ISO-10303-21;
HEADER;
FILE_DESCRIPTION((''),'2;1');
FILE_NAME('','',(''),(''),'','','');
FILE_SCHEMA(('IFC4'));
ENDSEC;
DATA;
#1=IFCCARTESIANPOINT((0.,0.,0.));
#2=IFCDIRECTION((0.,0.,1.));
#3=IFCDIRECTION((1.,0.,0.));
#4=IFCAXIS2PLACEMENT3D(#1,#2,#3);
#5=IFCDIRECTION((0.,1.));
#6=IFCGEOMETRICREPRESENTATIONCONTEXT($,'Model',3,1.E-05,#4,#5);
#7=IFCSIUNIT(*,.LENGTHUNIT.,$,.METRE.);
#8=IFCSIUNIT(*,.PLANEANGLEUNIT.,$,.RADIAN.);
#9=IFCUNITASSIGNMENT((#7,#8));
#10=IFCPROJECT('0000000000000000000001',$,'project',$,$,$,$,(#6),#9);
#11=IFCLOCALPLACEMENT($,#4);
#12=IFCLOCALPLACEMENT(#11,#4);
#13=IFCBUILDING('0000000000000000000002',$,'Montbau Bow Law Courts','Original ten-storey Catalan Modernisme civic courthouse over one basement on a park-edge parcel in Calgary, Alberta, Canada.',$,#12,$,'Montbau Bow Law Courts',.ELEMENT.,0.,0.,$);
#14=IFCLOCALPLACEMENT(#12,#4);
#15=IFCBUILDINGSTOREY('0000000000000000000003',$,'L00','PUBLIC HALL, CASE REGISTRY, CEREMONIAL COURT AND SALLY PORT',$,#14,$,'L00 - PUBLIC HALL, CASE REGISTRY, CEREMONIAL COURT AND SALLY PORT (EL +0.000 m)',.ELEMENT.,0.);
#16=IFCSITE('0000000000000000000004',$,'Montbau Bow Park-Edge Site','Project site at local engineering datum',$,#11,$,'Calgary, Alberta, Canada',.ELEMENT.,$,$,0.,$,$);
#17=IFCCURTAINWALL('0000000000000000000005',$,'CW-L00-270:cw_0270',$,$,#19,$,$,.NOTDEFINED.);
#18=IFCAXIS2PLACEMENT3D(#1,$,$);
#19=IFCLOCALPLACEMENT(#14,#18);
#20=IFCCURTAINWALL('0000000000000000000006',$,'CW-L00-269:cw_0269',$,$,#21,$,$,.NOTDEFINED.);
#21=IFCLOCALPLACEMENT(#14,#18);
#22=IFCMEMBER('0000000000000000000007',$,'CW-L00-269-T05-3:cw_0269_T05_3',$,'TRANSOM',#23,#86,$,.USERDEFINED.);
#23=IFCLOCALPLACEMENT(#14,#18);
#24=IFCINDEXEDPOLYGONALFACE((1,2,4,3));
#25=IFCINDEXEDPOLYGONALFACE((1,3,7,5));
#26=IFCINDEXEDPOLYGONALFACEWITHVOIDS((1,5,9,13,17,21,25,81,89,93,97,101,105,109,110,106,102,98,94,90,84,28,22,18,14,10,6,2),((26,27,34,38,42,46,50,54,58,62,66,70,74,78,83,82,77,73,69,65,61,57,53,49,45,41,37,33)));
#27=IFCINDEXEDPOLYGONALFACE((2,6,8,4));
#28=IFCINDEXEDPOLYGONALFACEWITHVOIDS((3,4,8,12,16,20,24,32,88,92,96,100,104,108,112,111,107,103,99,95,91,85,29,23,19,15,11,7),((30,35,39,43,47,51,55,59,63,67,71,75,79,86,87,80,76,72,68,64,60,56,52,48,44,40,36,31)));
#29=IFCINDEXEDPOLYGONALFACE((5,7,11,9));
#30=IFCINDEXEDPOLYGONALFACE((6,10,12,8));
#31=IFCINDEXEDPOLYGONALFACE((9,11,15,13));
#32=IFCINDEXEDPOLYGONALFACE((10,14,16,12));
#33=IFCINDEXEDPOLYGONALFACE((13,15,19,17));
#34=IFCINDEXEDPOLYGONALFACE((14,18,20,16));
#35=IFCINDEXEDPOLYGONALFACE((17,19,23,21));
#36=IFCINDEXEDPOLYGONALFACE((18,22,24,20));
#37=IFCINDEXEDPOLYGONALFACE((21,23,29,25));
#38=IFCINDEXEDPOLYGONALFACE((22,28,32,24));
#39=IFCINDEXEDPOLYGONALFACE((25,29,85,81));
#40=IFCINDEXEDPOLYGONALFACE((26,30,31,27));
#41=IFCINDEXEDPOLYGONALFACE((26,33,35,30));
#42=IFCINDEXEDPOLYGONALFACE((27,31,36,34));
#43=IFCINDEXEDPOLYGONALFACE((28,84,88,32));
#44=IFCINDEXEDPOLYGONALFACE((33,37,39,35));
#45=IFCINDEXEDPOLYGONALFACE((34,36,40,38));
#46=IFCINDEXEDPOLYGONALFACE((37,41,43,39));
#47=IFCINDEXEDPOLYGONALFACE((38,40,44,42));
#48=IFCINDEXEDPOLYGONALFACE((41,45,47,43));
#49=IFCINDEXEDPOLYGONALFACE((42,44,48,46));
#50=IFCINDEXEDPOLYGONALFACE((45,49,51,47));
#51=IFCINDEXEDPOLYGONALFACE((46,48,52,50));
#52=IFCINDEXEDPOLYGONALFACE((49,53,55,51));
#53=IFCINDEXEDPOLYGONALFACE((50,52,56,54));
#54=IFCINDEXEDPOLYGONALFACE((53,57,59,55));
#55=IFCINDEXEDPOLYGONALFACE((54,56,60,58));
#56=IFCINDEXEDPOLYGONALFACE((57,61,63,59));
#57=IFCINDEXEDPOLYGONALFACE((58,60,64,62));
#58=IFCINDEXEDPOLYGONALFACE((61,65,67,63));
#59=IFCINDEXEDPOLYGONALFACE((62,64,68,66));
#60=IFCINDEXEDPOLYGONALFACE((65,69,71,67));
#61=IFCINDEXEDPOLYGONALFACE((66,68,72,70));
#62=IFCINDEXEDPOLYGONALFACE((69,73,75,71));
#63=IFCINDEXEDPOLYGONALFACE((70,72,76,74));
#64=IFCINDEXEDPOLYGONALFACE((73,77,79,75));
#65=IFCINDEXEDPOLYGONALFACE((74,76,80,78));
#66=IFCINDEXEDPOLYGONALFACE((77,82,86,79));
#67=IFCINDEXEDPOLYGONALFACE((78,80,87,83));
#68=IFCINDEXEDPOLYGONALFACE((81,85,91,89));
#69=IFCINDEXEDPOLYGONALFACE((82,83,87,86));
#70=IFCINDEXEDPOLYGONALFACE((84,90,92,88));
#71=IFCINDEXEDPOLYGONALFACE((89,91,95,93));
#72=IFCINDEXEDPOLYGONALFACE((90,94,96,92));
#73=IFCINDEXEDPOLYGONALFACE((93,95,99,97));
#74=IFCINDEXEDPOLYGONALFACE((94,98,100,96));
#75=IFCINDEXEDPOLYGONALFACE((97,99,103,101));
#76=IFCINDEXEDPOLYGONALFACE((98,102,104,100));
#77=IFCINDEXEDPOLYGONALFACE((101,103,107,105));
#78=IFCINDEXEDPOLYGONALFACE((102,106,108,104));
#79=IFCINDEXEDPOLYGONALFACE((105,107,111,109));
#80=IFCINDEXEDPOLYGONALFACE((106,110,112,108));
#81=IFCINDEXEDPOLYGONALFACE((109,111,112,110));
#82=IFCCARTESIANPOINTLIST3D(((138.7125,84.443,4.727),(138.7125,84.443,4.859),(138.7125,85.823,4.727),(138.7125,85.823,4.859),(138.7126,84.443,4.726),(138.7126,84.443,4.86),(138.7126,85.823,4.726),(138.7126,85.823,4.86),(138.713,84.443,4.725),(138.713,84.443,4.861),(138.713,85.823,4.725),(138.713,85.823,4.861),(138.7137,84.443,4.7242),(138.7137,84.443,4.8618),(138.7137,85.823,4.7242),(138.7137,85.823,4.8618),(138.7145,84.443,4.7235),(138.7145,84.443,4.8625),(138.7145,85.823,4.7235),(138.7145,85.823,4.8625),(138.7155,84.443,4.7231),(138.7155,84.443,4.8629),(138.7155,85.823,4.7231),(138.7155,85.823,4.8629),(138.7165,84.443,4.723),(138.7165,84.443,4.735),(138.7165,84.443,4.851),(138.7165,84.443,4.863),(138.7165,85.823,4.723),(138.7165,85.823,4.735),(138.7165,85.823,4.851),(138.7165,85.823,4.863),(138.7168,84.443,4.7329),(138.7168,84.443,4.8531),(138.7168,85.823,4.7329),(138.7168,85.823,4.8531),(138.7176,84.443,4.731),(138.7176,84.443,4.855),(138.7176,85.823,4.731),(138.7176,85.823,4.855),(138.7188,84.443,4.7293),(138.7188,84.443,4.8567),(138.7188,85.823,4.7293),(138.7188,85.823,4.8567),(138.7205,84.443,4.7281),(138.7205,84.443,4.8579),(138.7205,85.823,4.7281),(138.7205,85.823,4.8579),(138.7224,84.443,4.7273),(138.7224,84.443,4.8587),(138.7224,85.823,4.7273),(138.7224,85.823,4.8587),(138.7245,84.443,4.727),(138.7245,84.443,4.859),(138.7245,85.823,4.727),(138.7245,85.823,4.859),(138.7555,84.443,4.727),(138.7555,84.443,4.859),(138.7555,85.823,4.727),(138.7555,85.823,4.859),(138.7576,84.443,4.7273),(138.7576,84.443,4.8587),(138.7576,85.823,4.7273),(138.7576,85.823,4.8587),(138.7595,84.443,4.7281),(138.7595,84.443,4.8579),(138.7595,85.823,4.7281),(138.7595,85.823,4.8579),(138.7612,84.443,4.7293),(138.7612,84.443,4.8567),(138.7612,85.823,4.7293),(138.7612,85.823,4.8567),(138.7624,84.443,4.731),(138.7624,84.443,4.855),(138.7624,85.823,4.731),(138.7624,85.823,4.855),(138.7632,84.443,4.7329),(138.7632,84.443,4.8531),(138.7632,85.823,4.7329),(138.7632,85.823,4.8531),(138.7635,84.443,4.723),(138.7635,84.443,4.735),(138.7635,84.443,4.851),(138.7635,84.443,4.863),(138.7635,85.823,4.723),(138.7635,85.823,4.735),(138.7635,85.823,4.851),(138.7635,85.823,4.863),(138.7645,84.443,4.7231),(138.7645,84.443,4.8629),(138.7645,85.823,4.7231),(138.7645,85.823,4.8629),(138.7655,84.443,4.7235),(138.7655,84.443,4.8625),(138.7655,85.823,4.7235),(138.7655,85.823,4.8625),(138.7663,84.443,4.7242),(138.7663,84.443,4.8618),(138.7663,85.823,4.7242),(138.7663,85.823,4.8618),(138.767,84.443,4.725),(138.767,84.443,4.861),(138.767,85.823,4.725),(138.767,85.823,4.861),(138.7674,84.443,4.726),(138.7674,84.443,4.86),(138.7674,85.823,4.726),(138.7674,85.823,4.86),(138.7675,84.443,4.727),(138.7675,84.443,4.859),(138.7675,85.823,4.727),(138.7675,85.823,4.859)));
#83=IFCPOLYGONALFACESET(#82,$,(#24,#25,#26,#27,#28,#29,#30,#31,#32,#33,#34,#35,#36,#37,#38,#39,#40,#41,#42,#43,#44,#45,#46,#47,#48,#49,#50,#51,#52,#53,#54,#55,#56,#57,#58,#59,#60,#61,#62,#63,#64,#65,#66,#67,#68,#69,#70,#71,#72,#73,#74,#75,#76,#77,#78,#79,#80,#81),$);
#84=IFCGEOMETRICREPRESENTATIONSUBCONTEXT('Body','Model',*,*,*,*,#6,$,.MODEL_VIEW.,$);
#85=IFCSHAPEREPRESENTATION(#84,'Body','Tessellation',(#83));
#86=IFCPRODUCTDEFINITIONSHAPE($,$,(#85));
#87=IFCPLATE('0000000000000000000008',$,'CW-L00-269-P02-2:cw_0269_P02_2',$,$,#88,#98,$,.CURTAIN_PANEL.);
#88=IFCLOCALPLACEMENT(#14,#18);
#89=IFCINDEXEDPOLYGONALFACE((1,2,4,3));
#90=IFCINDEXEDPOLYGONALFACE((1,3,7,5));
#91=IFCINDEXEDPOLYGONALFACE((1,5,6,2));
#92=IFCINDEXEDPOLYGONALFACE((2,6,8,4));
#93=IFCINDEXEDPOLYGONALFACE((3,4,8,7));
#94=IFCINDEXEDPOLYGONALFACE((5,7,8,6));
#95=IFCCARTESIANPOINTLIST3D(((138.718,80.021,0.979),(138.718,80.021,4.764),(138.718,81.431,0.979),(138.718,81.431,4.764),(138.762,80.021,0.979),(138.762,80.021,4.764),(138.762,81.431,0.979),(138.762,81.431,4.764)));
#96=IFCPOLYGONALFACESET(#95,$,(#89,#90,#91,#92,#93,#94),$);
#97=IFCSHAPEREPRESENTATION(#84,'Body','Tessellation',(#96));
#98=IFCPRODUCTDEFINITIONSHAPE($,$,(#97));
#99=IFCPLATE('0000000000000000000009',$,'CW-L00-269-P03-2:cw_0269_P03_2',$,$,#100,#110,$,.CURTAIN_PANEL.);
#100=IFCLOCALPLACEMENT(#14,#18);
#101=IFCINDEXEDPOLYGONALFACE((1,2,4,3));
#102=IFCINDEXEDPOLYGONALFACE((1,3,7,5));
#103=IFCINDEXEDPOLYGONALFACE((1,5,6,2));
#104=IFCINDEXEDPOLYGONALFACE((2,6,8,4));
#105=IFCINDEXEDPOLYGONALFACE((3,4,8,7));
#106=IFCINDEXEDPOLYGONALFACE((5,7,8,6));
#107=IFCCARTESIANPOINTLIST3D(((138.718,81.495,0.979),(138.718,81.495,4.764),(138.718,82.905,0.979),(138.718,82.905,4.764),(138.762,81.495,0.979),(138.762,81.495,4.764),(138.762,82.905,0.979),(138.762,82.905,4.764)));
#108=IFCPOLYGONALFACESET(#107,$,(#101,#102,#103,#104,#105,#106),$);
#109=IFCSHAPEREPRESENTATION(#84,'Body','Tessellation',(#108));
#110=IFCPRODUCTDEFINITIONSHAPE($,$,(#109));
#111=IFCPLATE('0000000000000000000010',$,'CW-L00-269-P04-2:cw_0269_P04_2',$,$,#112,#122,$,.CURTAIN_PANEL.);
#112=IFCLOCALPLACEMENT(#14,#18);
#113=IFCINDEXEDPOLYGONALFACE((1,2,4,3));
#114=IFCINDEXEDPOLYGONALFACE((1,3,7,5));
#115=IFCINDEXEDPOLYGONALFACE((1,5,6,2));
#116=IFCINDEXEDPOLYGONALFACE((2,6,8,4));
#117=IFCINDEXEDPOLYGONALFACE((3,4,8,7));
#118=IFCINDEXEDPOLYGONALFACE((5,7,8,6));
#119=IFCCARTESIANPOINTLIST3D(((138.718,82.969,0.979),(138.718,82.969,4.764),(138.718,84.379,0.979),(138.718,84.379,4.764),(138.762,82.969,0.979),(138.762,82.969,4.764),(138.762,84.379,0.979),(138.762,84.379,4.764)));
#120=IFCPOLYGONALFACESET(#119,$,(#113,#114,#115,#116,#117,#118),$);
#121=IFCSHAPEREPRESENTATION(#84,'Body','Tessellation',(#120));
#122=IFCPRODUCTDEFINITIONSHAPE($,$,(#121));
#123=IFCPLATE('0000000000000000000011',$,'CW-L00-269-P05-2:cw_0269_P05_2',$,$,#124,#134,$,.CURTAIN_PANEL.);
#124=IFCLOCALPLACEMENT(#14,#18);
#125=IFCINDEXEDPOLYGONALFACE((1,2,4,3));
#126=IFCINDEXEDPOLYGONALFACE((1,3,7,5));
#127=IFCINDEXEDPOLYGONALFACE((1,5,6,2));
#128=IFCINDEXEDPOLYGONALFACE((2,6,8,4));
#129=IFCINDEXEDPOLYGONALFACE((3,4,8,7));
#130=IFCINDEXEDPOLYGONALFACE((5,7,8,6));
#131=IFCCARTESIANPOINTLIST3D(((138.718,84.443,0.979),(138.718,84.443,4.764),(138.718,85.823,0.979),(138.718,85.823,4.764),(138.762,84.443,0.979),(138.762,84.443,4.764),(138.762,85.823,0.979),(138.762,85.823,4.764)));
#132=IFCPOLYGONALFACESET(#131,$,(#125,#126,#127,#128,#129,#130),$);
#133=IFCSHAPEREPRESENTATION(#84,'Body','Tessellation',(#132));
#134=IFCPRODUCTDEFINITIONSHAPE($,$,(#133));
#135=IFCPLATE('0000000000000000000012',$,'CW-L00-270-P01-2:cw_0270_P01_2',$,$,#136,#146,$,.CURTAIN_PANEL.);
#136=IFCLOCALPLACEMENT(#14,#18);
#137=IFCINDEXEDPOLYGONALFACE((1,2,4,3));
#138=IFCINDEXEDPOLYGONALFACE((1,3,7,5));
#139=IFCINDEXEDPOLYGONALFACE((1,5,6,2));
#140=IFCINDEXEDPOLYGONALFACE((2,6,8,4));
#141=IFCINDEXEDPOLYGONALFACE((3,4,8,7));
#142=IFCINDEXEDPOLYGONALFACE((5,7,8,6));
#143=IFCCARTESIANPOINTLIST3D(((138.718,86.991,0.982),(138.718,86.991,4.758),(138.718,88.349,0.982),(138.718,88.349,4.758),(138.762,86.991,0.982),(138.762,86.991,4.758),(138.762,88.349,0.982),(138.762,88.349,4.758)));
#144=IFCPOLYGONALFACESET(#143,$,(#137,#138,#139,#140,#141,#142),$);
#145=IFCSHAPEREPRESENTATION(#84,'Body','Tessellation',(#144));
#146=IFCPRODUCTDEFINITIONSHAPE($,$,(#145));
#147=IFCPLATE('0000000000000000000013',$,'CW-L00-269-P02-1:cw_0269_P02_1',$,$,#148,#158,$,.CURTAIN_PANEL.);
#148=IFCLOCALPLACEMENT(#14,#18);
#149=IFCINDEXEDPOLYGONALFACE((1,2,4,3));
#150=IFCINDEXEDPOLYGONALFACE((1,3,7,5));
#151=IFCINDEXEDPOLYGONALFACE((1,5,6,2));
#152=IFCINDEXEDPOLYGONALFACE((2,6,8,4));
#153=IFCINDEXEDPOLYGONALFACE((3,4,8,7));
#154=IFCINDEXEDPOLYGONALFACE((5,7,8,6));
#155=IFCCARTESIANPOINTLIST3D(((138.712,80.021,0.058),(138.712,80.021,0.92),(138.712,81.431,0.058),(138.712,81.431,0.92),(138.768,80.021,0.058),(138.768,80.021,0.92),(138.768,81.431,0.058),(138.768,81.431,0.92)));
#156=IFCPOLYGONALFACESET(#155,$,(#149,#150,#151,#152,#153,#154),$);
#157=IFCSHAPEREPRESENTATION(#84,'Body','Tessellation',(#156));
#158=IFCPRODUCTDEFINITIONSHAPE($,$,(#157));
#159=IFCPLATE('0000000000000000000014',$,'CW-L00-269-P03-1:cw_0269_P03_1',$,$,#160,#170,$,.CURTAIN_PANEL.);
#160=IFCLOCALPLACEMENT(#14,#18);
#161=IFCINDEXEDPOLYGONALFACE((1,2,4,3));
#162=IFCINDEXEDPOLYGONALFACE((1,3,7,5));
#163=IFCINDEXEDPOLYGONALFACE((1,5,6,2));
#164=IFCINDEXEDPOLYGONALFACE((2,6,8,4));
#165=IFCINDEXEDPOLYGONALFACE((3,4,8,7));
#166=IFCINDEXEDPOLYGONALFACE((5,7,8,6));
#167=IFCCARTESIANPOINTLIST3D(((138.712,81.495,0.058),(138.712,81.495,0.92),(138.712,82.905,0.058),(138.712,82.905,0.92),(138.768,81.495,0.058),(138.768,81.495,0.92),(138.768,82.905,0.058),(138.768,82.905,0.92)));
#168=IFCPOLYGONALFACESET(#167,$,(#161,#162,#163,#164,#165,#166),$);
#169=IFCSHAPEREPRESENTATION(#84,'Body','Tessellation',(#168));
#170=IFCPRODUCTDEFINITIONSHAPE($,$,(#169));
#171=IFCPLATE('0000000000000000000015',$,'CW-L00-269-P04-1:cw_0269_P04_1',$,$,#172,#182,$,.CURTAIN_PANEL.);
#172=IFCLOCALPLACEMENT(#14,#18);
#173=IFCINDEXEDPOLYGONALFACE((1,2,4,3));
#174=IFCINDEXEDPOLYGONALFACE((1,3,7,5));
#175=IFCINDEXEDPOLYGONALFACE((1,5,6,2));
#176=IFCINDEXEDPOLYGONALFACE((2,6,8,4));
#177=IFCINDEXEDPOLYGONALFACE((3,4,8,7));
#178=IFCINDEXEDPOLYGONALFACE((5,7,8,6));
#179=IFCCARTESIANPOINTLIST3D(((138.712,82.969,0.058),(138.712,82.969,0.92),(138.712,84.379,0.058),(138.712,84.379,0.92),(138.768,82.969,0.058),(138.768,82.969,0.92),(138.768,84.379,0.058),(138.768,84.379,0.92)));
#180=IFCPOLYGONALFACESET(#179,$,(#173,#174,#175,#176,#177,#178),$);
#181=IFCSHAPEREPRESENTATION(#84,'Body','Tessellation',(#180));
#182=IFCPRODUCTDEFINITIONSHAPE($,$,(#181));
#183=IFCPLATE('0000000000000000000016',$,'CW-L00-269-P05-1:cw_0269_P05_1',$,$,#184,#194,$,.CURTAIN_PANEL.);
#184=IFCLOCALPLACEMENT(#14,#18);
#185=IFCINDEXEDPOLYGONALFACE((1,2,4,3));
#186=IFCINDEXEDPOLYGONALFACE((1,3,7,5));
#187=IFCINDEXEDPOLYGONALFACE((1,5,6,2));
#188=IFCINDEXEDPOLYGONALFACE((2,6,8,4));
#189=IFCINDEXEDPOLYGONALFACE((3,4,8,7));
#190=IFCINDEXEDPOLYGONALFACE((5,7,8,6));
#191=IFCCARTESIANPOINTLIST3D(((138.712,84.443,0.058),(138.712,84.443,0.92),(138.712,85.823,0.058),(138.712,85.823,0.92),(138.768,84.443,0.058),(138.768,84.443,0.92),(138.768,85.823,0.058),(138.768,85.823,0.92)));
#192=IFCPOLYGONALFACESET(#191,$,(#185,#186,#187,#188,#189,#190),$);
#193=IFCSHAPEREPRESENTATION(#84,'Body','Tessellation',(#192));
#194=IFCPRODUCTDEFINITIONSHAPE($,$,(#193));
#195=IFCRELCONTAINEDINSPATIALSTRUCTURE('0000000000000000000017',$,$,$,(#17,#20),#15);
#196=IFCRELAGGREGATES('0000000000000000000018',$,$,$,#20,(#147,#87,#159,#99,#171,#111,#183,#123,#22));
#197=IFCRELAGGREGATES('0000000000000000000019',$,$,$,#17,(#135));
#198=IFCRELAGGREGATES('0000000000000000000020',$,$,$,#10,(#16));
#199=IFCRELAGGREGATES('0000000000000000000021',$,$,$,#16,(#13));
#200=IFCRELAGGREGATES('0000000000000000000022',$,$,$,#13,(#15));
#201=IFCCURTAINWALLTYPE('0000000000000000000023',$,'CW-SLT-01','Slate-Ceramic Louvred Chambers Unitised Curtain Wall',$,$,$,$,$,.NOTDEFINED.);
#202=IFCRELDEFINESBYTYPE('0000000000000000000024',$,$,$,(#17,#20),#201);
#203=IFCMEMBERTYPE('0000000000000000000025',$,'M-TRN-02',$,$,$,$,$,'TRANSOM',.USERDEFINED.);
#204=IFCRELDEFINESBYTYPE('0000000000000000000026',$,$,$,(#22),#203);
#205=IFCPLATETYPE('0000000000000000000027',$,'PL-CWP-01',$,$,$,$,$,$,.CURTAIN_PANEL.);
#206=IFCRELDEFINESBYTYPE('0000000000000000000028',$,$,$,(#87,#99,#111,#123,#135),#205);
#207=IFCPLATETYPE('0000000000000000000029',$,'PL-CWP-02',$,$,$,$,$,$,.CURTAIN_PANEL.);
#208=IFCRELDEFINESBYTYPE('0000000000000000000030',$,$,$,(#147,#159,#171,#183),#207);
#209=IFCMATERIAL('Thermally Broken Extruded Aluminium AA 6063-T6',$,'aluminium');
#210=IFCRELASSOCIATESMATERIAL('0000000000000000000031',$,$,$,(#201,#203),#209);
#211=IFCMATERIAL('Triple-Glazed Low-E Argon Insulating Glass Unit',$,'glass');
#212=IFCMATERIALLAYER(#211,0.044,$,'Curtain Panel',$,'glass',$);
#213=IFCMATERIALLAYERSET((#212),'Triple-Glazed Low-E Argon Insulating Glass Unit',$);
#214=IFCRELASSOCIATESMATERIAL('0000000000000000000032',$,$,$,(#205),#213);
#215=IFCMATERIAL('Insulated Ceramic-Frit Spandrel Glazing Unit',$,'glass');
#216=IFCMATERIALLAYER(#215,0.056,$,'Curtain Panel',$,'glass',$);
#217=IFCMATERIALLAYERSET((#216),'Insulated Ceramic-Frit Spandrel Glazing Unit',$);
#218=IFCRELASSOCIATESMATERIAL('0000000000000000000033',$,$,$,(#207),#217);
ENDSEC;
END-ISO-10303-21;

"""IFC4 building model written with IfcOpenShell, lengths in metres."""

from ifc_helpers import new_model, si_unit, direction, frame, frame_2d, origin_with_axes, origin_2d_with_axis, place, context, subcontext, project, spatial, rectangle, hollow_rectangle, extrude, material, layer, layer_set, material_profile, profile_set, type_object, element, aggregate, save


model = new_model("IFC4")

# Units and contexts
model_context = context("Model", 3, precision=1e-05, world=origin_with_axes(), true_north=direction((0.0, 1.0)))
body_context = subcontext(model_context, "Body", "Model", "MODEL_VIEW")
ifc_project = project(units=[si_unit("LENGTHUNIT", "METRE"), si_unit("PLANEANGLEUNIT", "RADIAN")], contexts=[model_context])

# Site, building, storey
site_placement = place(None, origin_with_axes())
site = spatial("IfcSite", under=ifc_project, at=site_placement, Name="Montbau Bow Park-Edge Site", Description="Project site at local engineering datum", LongName="Calgary, Alberta, Canada", CompositionType="ELEMENT", RefElevation=0.0)
building_placement = place(site_placement, origin_with_axes())
building = spatial("IfcBuilding", under=site, at=building_placement, Name="Montbau Bow Law Courts", Description="Original ten-storey Catalan Modernisme civic courthouse over one basement on a park-edge parcel in Calgary, Alberta, Canada.", LongName="Montbau Bow Law Courts", CompositionType="ELEMENT", ElevationOfRefHeight=0.0, ElevationOfTerrain=0.0)
storey_placement = place(building_placement, origin_with_axes())
storey = spatial("IfcBuildingStorey", under=building, at=storey_placement, Name="L00", Description="PUBLIC HALL, CASE REGISTRY, CEREMONIAL COURT AND SALLY PORT", LongName="L00 - PUBLIC HALL, CASE REGISTRY, CEREMONIAL COURT AND SALLY PORT (EL +0.000 m)", CompositionType="ELEMENT", Elevation=0.0)

# Curtain wall
ifc_material_1 = material(Name="Thermally Broken Extruded Aluminium AA 6063-T6", Category="aluminium")
curtain_wall_type = type_object("IfcCurtainWallType", Name="CW-SLT-01", Description="Slate-Ceramic Louvred Chambers Unitised Curtain Wall", PredefinedType="NOTDEFINED", material=ifc_material_1)
curtain_wall_1_placement = place(None, frame((138.74, 86.915, 0.0), z_axis=(0.0, 0.0, 1.0), x_axis=(1.0, 0.0, 0.0)))
curtain_wall_1 = element("IfcCurtainWall", 1, at=curtain_wall_1_placement, inside=storey, type_object=curtain_wall_type, Name="CW-L00-270:cw_0270", PredefinedType="NOTDEFINED")

# Curtain wall
curtain_wall_2_placement = place(None, frame((138.74, 78.515, 0.0), z_axis=(0.0, 0.0, 1.0), x_axis=(1.0, 0.0, 0.0)))
curtain_wall_2 = element("IfcCurtainWall", 2, at=curtain_wall_2_placement, inside=storey, type_object=curtain_wall_type, Name="CW-L00-269:cw_0269", PredefinedType="NOTDEFINED")

# Member
ifc_material_profile_1 = material_profile(ifc_material_1, hollow_rectangle(XDim=0.055, YDim=0.14, WallThickness=0.004, InnerFilletRadius=0.008, OuterFilletRadius=0.004, at=origin_2d_with_axis()), Name="CWT-140X55", Category="Main", Priority=0)
ifc_profile_set_1 = profile_set([ifc_material_profile_1], Name="Thermally Broken Extruded Aluminium AA 6063-T6")
member_type_1 = type_object("IfcMemberType", Name="M-TRN-02", ElementType="TRANSOM", PredefinedType="USERDEFINED", material=ifc_profile_set_1)
member_1_placement = place(None, frame((138.74, 84.443, 4.793), z_axis=(0.0, 1.0, 0.0), x_axis=(-1.0, 0.0, 0.0)))
member_1 = element("IfcMember", 3, at=member_1_placement, type_object=member_type_1, Name="CW-L00-269-T05-3:cw_0269_T05_3", ObjectType="TRANSOM", PredefinedType="USERDEFINED", context=body_context, shape_type="SweptSolid", body=[
    extrude(hollow_rectangle(XDim=0.055, YDim=0.14, WallThickness=0.004, InnerFilletRadius=0.008, OuterFilletRadius=0.004, at=origin_2d_with_axis()), origin_with_axes(), (0.0, 0.0, 1.0), 1.38),
])

# Plates
ifc_material_2 = material(Name="Triple-Glazed Low-E Argon Insulating Glass Unit", Category="glass")
ifc_layer_1 = layer(ifc_material_2, 0.044, Name="Curtain Panel", Category="glass")
ifc_layer_set_1 = layer_set([ifc_layer_1], Name="Triple-Glazed Low-E Argon Insulating Glass Unit")
plate_type_1 = type_object("IfcPlateType", Name="PL-CWP-01", PredefinedType="CURTAIN_PANEL", material=ifc_layer_set_1)
plate_1_placement = place(None, frame((138.74, 80.021, 0.979), z_axis=(1.0, 0.0, 0.0), x_axis=(0.0, 1.0, 0.0)))
plate_1 = element("IfcPlate", 4, at=plate_1_placement, type_object=plate_type_1, Name="CW-L00-269-P02-2:cw_0269_P02_2", PredefinedType="CURTAIN_PANEL", context=body_context, shape_type="SweptSolid", body=[
    extrude(rectangle(XDim=1.41, YDim=3.785, at=frame_2d((0.705, 1.8925), x_axis=(1.0, 0.0))), frame((0.0, 0.0, -0.022), z_axis=(0.0, 0.0, 1.0), x_axis=(1.0, 0.0, 0.0)), (0.0, 0.0, 1.0), 0.044),
])
plate_2_placement = place(None, frame((138.74, 81.495, 0.979), z_axis=(1.0, 0.0, 0.0), x_axis=(0.0, 1.0, 0.0)))
plate_2 = element("IfcPlate", 5, at=plate_2_placement, type_object=plate_type_1, Name="CW-L00-269-P03-2:cw_0269_P03_2", PredefinedType="CURTAIN_PANEL", context=body_context, shape_type="SweptSolid", body=[
    extrude(rectangle(XDim=1.41, YDim=3.785, at=frame_2d((0.705, 1.8925), x_axis=(1.0, 0.0))), frame((0.0, 0.0, -0.022), z_axis=(0.0, 0.0, 1.0), x_axis=(1.0, 0.0, 0.0)), (0.0, 0.0, 1.0), 0.044),
])
plate_3_placement = place(None, frame((138.74, 82.969, 0.979), z_axis=(1.0, 0.0, 0.0), x_axis=(0.0, 1.0, 0.0)))
plate_3 = element("IfcPlate", 6, at=plate_3_placement, type_object=plate_type_1, Name="CW-L00-269-P04-2:cw_0269_P04_2", PredefinedType="CURTAIN_PANEL", context=body_context, shape_type="SweptSolid", body=[
    extrude(rectangle(XDim=1.41, YDim=3.785, at=frame_2d((0.705, 1.8925), x_axis=(1.0, 0.0))), frame((0.0, 0.0, -0.022), z_axis=(0.0, 0.0, 1.0), x_axis=(1.0, 0.0, 0.0)), (0.0, 0.0, 1.0), 0.044),
])
plate_4_placement = place(None, frame((138.74, 84.443, 0.979), z_axis=(1.0, 0.0, 0.0), x_axis=(0.0, 1.0, 0.0)))
plate_4 = element("IfcPlate", 7, at=plate_4_placement, type_object=plate_type_1, Name="CW-L00-269-P05-2:cw_0269_P05_2", PredefinedType="CURTAIN_PANEL", context=body_context, shape_type="SweptSolid", body=[
    extrude(rectangle(XDim=1.38, YDim=3.785, at=frame_2d((0.69, 1.8925), x_axis=(1.0, 0.0))), frame((0.0, 0.0, -0.022), z_axis=(0.0, 0.0, 1.0), x_axis=(1.0, 0.0, 0.0)), (0.0, 0.0, 1.0), 0.044),
])
plate_5_placement = place(None, frame((138.74, 86.991, 0.982), z_axis=(1.0, 0.0, 0.0), x_axis=(0.0, 1.0, 0.0)))
plate_5 = element("IfcPlate", 8, at=plate_5_placement, type_object=plate_type_1, Name="CW-L00-270-P01-2:cw_0270_P01_2", PredefinedType="CURTAIN_PANEL", context=body_context, shape_type="SweptSolid", body=[
    extrude(rectangle(XDim=1.358, YDim=3.776, at=frame_2d((0.679, 1.888), x_axis=(1.0, 0.0))), frame((0.0, 0.0, -0.022), z_axis=(0.0, 0.0, 1.0), x_axis=(1.0, 0.0, 0.0)), (0.0, 0.0, 1.0), 0.044),
])
ifc_material_3 = material(Name="Insulated Ceramic-Frit Spandrel Glazing Unit", Category="glass")
ifc_layer_2 = layer(ifc_material_3, 0.056, Name="Curtain Panel", Category="glass")
ifc_layer_set_2 = layer_set([ifc_layer_2], Name="Insulated Ceramic-Frit Spandrel Glazing Unit")
plate_type_2 = type_object("IfcPlateType", Name="PL-CWP-02", PredefinedType="CURTAIN_PANEL", material=ifc_layer_set_2)
plate_6_placement = place(None, frame((138.74, 80.021, 0.058), z_axis=(1.0, 0.0, 0.0), x_axis=(0.0, 1.0, 0.0)))
plate_6 = element("IfcPlate", 9, at=plate_6_placement, type_object=plate_type_2, Name="CW-L00-269-P02-1:cw_0269_P02_1", PredefinedType="CURTAIN_PANEL", context=body_context, shape_type="SweptSolid", body=[
    extrude(rectangle(XDim=1.41, YDim=0.862, at=frame_2d((0.705, 0.431), x_axis=(1.0, 0.0))), frame((0.0, 0.0, -0.028), z_axis=(0.0, 0.0, 1.0), x_axis=(1.0, 0.0, 0.0)), (0.0, 0.0, 1.0), 0.056),
])
plate_7_placement = place(None, frame((138.74, 81.495, 0.058), z_axis=(1.0, 0.0, 0.0), x_axis=(0.0, 1.0, 0.0)))
plate_7 = element("IfcPlate", 10, at=plate_7_placement, type_object=plate_type_2, Name="CW-L00-269-P03-1:cw_0269_P03_1", PredefinedType="CURTAIN_PANEL", context=body_context, shape_type="SweptSolid", body=[
    extrude(rectangle(XDim=1.41, YDim=0.862, at=frame_2d((0.705, 0.431), x_axis=(1.0, 0.0))), frame((0.0, 0.0, -0.028), z_axis=(0.0, 0.0, 1.0), x_axis=(1.0, 0.0, 0.0)), (0.0, 0.0, 1.0), 0.056),
])
plate_8_placement = place(None, frame((138.74, 82.969, 0.058), z_axis=(1.0, 0.0, 0.0), x_axis=(0.0, 1.0, 0.0)))
plate_8 = element("IfcPlate", 11, at=plate_8_placement, type_object=plate_type_2, Name="CW-L00-269-P04-1:cw_0269_P04_1", PredefinedType="CURTAIN_PANEL", context=body_context, shape_type="SweptSolid", body=[
    extrude(rectangle(XDim=1.41, YDim=0.862, at=frame_2d((0.705, 0.431), x_axis=(1.0, 0.0))), frame((0.0, 0.0, -0.028), z_axis=(0.0, 0.0, 1.0), x_axis=(1.0, 0.0, 0.0)), (0.0, 0.0, 1.0), 0.056),
])
plate_9_placement = place(None, frame((138.74, 84.443, 0.058), z_axis=(1.0, 0.0, 0.0), x_axis=(0.0, 1.0, 0.0)))
plate_9 = element("IfcPlate", 12, at=plate_9_placement, type_object=plate_type_2, Name="CW-L00-269-P05-1:cw_0269_P05_1", PredefinedType="CURTAIN_PANEL", context=body_context, shape_type="SweptSolid", body=[
    extrude(rectangle(XDim=1.38, YDim=0.862, at=frame_2d((0.69, 0.431), x_axis=(1.0, 0.0))), frame((0.0, 0.0, -0.028), z_axis=(0.0, 0.0, 1.0), x_axis=(1.0, 0.0, 0.0)), (0.0, 0.0, 1.0), 0.056),
])
aggregate(curtain_wall_2, [plate_6, plate_1, plate_7, plate_2, plate_8, plate_3, plate_9, plate_4, member_1])
aggregate(curtain_wall_1, [plate_5])

save(model, "model.ifc")
